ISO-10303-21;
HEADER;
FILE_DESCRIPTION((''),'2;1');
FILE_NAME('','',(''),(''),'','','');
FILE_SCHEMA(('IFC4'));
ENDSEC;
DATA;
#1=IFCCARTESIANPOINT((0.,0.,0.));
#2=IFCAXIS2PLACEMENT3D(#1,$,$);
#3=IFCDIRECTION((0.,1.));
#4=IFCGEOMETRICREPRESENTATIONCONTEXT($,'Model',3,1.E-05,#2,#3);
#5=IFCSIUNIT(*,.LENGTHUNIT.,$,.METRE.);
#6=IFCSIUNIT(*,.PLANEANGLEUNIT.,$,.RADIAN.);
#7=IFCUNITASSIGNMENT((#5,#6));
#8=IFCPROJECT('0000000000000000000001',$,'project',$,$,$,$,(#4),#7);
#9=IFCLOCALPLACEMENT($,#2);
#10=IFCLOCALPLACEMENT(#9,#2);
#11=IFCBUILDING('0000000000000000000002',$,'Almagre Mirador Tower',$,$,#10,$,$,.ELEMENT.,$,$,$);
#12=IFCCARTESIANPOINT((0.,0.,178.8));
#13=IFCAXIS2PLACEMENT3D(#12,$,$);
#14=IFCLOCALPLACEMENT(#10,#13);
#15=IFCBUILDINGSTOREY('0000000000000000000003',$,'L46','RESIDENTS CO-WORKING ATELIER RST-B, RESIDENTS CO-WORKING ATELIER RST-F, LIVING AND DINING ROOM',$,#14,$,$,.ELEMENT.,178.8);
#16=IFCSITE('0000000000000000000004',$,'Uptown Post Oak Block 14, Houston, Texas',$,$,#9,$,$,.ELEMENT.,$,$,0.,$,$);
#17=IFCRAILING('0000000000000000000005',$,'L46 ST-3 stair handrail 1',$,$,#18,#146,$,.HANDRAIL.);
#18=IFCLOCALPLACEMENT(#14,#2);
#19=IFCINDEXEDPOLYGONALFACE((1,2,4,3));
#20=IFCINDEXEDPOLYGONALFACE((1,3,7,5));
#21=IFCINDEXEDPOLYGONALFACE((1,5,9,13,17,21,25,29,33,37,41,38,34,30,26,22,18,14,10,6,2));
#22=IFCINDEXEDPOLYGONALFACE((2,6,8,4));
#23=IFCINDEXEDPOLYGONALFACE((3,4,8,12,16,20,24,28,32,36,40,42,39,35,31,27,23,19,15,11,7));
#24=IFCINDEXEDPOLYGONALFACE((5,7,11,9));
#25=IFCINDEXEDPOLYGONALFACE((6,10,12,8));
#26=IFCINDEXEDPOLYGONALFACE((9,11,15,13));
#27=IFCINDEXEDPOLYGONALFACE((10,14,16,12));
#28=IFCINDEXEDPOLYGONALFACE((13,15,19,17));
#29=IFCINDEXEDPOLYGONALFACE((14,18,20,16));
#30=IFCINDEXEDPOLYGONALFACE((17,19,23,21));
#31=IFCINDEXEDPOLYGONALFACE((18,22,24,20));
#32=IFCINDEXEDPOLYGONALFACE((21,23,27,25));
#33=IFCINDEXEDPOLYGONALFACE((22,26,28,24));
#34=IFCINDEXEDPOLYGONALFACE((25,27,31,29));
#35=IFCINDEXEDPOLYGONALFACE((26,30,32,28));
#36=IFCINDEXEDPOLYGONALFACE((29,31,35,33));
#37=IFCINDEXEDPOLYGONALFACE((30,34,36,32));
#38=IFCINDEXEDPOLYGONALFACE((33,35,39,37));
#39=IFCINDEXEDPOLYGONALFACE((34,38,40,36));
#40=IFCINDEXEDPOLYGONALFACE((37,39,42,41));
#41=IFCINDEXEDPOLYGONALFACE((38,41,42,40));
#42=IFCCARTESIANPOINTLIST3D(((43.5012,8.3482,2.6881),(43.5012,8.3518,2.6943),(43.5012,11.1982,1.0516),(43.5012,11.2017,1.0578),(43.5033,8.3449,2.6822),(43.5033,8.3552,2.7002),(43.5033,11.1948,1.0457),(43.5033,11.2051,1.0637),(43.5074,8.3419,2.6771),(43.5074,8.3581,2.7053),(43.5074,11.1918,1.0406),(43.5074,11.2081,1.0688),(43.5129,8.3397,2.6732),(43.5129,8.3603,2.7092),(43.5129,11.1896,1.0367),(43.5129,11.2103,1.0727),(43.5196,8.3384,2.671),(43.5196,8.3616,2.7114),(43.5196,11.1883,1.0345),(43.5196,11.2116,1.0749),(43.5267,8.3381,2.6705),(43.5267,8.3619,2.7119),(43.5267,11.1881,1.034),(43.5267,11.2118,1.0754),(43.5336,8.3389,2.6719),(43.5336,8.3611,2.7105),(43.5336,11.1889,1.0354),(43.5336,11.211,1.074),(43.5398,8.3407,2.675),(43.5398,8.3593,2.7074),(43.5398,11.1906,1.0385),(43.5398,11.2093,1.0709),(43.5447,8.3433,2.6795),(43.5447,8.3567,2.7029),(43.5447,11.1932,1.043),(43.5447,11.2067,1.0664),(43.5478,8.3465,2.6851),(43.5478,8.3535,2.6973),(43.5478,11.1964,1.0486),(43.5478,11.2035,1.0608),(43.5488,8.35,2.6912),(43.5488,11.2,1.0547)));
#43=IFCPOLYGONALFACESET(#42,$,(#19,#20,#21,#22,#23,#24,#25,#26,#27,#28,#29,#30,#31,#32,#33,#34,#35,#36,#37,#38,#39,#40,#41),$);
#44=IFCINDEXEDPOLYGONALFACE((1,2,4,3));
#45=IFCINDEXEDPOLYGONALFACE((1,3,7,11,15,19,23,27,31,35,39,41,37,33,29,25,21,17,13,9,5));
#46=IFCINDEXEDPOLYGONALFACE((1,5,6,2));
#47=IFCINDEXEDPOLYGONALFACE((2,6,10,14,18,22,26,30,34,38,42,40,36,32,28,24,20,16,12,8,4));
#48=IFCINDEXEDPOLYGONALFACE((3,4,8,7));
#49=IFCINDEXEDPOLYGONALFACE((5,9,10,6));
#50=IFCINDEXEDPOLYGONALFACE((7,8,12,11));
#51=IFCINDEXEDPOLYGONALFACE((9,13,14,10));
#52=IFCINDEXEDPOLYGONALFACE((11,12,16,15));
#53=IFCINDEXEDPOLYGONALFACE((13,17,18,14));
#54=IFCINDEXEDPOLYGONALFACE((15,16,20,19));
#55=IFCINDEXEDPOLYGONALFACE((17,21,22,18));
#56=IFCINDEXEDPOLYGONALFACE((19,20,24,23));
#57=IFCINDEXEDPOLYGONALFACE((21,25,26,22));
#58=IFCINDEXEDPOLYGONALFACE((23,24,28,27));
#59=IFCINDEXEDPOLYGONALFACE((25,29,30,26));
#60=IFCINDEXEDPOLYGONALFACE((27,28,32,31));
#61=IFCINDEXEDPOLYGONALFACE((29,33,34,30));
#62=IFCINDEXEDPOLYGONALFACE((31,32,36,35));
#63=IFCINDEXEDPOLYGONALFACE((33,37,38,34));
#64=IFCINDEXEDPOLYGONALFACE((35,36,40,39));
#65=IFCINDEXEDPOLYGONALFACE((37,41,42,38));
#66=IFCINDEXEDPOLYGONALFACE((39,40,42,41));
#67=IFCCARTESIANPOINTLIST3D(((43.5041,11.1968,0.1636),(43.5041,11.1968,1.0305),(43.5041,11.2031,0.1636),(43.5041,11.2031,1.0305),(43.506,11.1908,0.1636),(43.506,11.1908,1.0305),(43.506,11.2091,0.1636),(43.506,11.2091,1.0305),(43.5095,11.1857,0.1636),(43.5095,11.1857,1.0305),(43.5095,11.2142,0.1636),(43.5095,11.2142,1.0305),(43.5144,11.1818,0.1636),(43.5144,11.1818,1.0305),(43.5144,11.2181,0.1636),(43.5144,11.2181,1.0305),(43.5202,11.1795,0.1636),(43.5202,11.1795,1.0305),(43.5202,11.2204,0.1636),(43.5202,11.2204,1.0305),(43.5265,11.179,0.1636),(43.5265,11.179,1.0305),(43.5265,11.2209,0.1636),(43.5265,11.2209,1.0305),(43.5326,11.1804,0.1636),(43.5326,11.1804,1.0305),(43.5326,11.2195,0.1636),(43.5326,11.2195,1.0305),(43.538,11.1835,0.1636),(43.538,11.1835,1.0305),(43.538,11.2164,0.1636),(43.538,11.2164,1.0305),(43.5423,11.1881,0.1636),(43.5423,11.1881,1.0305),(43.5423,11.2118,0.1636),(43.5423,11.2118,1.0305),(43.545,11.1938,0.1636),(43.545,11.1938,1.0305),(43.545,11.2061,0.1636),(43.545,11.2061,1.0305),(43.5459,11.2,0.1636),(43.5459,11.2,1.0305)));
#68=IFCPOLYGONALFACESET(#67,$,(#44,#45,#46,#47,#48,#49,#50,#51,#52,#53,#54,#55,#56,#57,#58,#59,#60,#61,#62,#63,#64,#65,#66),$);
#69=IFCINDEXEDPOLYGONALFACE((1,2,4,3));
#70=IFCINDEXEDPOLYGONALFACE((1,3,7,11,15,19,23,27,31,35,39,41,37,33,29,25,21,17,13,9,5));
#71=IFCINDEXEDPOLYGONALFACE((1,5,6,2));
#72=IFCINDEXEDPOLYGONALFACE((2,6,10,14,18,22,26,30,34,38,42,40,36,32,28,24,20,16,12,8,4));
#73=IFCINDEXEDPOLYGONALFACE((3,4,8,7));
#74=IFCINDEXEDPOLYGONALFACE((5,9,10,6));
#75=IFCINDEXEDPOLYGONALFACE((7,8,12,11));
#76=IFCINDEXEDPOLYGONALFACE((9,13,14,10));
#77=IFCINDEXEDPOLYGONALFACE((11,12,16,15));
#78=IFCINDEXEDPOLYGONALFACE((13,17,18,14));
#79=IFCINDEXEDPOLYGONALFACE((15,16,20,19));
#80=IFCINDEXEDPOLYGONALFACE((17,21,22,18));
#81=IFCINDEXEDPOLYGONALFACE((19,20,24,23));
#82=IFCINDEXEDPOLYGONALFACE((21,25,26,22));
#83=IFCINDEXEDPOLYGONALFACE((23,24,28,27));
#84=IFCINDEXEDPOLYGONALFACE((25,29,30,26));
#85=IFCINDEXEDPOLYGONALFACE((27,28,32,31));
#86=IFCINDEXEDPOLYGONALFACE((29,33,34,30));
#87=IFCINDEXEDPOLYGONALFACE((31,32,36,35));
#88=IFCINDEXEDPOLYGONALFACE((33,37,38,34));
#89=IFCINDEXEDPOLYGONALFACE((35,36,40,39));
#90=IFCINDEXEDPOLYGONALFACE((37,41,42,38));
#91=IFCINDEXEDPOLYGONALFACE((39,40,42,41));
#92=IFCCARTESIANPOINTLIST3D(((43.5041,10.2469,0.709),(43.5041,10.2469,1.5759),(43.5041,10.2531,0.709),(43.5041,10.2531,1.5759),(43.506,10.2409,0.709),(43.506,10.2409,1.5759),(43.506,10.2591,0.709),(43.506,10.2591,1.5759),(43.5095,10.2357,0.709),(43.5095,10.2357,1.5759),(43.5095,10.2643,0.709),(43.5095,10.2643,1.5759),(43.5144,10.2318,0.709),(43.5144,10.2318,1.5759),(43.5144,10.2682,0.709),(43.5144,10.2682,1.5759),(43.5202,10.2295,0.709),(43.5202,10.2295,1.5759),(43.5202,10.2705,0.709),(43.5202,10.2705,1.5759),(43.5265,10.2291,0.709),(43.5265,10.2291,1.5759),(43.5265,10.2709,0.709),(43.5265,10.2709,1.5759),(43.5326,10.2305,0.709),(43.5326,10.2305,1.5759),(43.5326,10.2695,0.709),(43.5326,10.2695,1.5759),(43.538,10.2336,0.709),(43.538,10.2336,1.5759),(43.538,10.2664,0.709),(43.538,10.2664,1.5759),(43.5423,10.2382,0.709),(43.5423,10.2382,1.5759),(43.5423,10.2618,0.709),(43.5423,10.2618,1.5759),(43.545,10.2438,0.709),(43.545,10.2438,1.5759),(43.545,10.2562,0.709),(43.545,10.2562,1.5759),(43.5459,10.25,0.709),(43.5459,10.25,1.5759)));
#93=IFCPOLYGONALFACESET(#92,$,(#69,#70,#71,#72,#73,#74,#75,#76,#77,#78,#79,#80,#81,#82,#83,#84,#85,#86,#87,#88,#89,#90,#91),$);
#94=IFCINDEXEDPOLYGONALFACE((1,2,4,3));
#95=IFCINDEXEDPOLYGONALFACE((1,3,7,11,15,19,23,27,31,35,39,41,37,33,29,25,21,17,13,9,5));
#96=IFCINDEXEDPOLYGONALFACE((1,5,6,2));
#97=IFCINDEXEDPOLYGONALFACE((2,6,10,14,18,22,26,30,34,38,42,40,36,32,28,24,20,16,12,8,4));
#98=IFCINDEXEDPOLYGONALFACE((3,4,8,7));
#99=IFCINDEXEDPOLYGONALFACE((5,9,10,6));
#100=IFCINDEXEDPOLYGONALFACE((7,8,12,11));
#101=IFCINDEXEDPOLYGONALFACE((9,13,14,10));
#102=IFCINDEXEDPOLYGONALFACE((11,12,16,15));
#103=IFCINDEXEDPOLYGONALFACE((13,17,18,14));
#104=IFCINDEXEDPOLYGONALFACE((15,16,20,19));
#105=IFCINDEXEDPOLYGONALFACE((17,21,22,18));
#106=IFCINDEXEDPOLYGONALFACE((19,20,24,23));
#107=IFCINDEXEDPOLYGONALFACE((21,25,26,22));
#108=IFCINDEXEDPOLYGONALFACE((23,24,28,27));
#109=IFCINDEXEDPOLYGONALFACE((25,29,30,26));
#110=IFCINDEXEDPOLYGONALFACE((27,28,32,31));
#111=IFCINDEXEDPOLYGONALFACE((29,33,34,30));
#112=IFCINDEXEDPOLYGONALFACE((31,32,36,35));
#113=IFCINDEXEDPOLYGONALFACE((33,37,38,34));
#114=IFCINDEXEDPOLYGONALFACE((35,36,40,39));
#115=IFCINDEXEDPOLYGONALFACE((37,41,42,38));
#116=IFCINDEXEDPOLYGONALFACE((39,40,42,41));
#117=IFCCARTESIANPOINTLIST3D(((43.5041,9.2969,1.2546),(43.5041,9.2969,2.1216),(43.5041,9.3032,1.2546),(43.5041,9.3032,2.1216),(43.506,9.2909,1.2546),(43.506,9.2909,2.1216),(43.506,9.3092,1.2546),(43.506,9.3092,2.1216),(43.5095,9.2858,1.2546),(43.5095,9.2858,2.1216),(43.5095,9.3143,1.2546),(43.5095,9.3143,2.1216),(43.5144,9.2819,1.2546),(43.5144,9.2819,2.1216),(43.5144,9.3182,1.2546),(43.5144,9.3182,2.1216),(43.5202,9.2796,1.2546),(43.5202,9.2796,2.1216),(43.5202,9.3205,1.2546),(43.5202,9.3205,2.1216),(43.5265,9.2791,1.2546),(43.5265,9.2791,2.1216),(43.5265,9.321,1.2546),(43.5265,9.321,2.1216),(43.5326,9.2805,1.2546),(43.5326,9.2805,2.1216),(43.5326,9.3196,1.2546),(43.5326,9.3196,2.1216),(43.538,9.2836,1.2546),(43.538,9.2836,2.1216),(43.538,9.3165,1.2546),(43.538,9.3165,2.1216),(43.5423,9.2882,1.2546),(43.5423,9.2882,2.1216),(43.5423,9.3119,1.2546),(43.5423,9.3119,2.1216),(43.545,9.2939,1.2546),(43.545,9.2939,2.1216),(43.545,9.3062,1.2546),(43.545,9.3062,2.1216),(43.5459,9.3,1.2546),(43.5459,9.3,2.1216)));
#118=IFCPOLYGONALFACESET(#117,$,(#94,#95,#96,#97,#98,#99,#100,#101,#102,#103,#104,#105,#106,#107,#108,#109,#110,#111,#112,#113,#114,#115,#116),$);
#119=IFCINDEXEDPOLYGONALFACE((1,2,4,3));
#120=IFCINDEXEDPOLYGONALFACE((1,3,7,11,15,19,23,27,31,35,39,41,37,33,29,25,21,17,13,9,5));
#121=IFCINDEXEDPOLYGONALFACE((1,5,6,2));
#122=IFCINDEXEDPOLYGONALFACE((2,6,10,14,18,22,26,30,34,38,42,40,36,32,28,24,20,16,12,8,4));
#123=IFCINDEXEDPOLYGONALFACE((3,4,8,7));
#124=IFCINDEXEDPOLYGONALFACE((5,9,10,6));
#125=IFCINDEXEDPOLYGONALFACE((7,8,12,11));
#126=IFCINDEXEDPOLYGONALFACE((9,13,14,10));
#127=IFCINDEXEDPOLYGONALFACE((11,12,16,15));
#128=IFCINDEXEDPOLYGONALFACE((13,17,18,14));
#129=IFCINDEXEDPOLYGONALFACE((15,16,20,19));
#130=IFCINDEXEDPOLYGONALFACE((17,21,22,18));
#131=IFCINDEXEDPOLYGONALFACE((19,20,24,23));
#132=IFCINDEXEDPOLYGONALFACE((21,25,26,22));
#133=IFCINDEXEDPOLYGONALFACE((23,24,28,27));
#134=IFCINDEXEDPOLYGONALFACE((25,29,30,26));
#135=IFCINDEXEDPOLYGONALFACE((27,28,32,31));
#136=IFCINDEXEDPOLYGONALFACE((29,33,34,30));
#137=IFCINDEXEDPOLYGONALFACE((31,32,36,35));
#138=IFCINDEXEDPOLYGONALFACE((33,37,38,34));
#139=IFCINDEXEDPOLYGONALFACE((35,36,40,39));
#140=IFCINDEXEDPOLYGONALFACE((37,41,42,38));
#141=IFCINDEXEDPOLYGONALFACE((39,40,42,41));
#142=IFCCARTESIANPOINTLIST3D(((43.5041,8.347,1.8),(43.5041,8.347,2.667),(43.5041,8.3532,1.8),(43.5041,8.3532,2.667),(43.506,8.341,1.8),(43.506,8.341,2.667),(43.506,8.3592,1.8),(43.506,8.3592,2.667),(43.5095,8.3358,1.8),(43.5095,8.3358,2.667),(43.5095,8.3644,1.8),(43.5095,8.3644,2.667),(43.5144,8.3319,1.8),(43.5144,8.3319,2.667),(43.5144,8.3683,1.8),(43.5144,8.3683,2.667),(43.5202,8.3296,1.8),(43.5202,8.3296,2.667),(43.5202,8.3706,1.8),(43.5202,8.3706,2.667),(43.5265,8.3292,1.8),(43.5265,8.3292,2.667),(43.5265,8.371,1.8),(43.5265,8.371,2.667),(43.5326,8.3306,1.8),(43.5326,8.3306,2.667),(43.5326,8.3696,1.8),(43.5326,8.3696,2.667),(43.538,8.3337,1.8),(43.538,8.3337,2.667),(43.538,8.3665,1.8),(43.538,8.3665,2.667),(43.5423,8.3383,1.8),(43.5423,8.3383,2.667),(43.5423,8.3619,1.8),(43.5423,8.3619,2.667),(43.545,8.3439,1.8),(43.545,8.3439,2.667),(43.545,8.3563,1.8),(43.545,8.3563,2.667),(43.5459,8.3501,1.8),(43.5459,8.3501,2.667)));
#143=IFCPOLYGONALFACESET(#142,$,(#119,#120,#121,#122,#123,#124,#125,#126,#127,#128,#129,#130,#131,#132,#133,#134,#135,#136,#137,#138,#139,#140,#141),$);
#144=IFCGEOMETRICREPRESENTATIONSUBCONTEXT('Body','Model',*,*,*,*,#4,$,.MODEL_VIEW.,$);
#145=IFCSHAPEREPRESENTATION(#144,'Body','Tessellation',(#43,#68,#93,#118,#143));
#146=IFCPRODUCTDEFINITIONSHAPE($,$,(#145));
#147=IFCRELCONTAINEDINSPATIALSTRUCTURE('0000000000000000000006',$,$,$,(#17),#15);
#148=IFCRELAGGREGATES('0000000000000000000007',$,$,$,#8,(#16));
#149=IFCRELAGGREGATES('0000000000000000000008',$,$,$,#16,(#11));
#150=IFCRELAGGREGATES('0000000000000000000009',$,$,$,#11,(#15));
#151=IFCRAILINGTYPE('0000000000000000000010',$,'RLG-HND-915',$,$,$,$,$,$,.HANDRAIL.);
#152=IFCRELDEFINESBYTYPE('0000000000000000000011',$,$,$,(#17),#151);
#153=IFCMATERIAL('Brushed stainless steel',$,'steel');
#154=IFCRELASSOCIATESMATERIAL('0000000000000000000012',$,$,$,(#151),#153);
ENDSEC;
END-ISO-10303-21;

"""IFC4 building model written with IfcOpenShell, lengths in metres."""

from ifc_helpers import new_model, si_unit, direction, frame, origin, origin_2d, place, context, subcontext, project, spatial, circle, extrude, material, type_object, element, save


model = new_model("IFC4")

# Units and contexts
model_context = context("Model", 3, precision=1e-05, world=origin(), true_north=direction((0.0, 1.0)))
body_context = subcontext(model_context, "Body", "Model", "MODEL_VIEW")
ifc_project = project(units=[si_unit("LENGTHUNIT", "METRE"), si_unit("PLANEANGLEUNIT", "RADIAN")], contexts=[model_context])

# Site, building, storey
site_placement = place(None, origin())
site = spatial("IfcSite", under=ifc_project, at=site_placement, Name="Uptown Post Oak Block 14, Houston, Texas", CompositionType="ELEMENT", RefElevation=0.0)
building_placement = place(site_placement, origin())
building = spatial("IfcBuilding", under=site, at=building_placement, Name="Almagre Mirador Tower", CompositionType="ELEMENT")
storey_placement = place(building_placement, frame((0.0, 0.0, 178.8)))
storey = spatial("IfcBuildingStorey", under=building, at=storey_placement, Name="L46", Description="RESIDENTS CO-WORKING ATELIER RST-B, RESIDENTS CO-WORKING ATELIER RST-F, LIVING AND DINING ROOM", CompositionType="ELEMENT", Elevation=178.8)

# Railing
ifc_material_1 = material(Name="Brushed stainless steel", Category="steel")
railing_type_1 = type_object("IfcRailingType", Name="RLG-HND-915", PredefinedType="HANDRAIL", material=ifc_material_1)
railing_1_placement = place(storey_placement, frame((43.5249, 11.2, 0.1636)))
element("IfcRailing", 1, at=railing_1_placement, inside=storey, type_object=railing_type_1, Name="L46 ST-3 stair handrail 1", PredefinedType="HANDRAIL", context=body_context, shape_type="SweptSolid", body=[
    extrude(circle(Radius=0.0239, at=origin_2d()), frame((0.0, 0.0, 0.8911), z_axis=(0.0, -0.867194, 0.49797), x_axis=(1.0, 0.0, 0.0)), (0.0, 0.0, 1.0), 3.2864),
    extrude(circle(Radius=0.021, at=origin_2d()), origin(), (0.0, 0.0, 1.0), 0.8669),
    extrude(circle(Radius=0.021, at=origin_2d()), frame((0.0, -0.95, 0.5454)), (0.0, 0.0, 1.0), 0.8669),
    extrude(circle(Radius=0.021, at=origin_2d()), frame((0.0, -1.8999, 1.0911)), (0.0, 0.0, 1.0), 0.8669),
    extrude(circle(Radius=0.021, at=origin_2d()), frame((0.0, -2.8499, 1.6365)), (0.0, 0.0, 1.0), 0.8669),
])

save(model, "model.ifc")
